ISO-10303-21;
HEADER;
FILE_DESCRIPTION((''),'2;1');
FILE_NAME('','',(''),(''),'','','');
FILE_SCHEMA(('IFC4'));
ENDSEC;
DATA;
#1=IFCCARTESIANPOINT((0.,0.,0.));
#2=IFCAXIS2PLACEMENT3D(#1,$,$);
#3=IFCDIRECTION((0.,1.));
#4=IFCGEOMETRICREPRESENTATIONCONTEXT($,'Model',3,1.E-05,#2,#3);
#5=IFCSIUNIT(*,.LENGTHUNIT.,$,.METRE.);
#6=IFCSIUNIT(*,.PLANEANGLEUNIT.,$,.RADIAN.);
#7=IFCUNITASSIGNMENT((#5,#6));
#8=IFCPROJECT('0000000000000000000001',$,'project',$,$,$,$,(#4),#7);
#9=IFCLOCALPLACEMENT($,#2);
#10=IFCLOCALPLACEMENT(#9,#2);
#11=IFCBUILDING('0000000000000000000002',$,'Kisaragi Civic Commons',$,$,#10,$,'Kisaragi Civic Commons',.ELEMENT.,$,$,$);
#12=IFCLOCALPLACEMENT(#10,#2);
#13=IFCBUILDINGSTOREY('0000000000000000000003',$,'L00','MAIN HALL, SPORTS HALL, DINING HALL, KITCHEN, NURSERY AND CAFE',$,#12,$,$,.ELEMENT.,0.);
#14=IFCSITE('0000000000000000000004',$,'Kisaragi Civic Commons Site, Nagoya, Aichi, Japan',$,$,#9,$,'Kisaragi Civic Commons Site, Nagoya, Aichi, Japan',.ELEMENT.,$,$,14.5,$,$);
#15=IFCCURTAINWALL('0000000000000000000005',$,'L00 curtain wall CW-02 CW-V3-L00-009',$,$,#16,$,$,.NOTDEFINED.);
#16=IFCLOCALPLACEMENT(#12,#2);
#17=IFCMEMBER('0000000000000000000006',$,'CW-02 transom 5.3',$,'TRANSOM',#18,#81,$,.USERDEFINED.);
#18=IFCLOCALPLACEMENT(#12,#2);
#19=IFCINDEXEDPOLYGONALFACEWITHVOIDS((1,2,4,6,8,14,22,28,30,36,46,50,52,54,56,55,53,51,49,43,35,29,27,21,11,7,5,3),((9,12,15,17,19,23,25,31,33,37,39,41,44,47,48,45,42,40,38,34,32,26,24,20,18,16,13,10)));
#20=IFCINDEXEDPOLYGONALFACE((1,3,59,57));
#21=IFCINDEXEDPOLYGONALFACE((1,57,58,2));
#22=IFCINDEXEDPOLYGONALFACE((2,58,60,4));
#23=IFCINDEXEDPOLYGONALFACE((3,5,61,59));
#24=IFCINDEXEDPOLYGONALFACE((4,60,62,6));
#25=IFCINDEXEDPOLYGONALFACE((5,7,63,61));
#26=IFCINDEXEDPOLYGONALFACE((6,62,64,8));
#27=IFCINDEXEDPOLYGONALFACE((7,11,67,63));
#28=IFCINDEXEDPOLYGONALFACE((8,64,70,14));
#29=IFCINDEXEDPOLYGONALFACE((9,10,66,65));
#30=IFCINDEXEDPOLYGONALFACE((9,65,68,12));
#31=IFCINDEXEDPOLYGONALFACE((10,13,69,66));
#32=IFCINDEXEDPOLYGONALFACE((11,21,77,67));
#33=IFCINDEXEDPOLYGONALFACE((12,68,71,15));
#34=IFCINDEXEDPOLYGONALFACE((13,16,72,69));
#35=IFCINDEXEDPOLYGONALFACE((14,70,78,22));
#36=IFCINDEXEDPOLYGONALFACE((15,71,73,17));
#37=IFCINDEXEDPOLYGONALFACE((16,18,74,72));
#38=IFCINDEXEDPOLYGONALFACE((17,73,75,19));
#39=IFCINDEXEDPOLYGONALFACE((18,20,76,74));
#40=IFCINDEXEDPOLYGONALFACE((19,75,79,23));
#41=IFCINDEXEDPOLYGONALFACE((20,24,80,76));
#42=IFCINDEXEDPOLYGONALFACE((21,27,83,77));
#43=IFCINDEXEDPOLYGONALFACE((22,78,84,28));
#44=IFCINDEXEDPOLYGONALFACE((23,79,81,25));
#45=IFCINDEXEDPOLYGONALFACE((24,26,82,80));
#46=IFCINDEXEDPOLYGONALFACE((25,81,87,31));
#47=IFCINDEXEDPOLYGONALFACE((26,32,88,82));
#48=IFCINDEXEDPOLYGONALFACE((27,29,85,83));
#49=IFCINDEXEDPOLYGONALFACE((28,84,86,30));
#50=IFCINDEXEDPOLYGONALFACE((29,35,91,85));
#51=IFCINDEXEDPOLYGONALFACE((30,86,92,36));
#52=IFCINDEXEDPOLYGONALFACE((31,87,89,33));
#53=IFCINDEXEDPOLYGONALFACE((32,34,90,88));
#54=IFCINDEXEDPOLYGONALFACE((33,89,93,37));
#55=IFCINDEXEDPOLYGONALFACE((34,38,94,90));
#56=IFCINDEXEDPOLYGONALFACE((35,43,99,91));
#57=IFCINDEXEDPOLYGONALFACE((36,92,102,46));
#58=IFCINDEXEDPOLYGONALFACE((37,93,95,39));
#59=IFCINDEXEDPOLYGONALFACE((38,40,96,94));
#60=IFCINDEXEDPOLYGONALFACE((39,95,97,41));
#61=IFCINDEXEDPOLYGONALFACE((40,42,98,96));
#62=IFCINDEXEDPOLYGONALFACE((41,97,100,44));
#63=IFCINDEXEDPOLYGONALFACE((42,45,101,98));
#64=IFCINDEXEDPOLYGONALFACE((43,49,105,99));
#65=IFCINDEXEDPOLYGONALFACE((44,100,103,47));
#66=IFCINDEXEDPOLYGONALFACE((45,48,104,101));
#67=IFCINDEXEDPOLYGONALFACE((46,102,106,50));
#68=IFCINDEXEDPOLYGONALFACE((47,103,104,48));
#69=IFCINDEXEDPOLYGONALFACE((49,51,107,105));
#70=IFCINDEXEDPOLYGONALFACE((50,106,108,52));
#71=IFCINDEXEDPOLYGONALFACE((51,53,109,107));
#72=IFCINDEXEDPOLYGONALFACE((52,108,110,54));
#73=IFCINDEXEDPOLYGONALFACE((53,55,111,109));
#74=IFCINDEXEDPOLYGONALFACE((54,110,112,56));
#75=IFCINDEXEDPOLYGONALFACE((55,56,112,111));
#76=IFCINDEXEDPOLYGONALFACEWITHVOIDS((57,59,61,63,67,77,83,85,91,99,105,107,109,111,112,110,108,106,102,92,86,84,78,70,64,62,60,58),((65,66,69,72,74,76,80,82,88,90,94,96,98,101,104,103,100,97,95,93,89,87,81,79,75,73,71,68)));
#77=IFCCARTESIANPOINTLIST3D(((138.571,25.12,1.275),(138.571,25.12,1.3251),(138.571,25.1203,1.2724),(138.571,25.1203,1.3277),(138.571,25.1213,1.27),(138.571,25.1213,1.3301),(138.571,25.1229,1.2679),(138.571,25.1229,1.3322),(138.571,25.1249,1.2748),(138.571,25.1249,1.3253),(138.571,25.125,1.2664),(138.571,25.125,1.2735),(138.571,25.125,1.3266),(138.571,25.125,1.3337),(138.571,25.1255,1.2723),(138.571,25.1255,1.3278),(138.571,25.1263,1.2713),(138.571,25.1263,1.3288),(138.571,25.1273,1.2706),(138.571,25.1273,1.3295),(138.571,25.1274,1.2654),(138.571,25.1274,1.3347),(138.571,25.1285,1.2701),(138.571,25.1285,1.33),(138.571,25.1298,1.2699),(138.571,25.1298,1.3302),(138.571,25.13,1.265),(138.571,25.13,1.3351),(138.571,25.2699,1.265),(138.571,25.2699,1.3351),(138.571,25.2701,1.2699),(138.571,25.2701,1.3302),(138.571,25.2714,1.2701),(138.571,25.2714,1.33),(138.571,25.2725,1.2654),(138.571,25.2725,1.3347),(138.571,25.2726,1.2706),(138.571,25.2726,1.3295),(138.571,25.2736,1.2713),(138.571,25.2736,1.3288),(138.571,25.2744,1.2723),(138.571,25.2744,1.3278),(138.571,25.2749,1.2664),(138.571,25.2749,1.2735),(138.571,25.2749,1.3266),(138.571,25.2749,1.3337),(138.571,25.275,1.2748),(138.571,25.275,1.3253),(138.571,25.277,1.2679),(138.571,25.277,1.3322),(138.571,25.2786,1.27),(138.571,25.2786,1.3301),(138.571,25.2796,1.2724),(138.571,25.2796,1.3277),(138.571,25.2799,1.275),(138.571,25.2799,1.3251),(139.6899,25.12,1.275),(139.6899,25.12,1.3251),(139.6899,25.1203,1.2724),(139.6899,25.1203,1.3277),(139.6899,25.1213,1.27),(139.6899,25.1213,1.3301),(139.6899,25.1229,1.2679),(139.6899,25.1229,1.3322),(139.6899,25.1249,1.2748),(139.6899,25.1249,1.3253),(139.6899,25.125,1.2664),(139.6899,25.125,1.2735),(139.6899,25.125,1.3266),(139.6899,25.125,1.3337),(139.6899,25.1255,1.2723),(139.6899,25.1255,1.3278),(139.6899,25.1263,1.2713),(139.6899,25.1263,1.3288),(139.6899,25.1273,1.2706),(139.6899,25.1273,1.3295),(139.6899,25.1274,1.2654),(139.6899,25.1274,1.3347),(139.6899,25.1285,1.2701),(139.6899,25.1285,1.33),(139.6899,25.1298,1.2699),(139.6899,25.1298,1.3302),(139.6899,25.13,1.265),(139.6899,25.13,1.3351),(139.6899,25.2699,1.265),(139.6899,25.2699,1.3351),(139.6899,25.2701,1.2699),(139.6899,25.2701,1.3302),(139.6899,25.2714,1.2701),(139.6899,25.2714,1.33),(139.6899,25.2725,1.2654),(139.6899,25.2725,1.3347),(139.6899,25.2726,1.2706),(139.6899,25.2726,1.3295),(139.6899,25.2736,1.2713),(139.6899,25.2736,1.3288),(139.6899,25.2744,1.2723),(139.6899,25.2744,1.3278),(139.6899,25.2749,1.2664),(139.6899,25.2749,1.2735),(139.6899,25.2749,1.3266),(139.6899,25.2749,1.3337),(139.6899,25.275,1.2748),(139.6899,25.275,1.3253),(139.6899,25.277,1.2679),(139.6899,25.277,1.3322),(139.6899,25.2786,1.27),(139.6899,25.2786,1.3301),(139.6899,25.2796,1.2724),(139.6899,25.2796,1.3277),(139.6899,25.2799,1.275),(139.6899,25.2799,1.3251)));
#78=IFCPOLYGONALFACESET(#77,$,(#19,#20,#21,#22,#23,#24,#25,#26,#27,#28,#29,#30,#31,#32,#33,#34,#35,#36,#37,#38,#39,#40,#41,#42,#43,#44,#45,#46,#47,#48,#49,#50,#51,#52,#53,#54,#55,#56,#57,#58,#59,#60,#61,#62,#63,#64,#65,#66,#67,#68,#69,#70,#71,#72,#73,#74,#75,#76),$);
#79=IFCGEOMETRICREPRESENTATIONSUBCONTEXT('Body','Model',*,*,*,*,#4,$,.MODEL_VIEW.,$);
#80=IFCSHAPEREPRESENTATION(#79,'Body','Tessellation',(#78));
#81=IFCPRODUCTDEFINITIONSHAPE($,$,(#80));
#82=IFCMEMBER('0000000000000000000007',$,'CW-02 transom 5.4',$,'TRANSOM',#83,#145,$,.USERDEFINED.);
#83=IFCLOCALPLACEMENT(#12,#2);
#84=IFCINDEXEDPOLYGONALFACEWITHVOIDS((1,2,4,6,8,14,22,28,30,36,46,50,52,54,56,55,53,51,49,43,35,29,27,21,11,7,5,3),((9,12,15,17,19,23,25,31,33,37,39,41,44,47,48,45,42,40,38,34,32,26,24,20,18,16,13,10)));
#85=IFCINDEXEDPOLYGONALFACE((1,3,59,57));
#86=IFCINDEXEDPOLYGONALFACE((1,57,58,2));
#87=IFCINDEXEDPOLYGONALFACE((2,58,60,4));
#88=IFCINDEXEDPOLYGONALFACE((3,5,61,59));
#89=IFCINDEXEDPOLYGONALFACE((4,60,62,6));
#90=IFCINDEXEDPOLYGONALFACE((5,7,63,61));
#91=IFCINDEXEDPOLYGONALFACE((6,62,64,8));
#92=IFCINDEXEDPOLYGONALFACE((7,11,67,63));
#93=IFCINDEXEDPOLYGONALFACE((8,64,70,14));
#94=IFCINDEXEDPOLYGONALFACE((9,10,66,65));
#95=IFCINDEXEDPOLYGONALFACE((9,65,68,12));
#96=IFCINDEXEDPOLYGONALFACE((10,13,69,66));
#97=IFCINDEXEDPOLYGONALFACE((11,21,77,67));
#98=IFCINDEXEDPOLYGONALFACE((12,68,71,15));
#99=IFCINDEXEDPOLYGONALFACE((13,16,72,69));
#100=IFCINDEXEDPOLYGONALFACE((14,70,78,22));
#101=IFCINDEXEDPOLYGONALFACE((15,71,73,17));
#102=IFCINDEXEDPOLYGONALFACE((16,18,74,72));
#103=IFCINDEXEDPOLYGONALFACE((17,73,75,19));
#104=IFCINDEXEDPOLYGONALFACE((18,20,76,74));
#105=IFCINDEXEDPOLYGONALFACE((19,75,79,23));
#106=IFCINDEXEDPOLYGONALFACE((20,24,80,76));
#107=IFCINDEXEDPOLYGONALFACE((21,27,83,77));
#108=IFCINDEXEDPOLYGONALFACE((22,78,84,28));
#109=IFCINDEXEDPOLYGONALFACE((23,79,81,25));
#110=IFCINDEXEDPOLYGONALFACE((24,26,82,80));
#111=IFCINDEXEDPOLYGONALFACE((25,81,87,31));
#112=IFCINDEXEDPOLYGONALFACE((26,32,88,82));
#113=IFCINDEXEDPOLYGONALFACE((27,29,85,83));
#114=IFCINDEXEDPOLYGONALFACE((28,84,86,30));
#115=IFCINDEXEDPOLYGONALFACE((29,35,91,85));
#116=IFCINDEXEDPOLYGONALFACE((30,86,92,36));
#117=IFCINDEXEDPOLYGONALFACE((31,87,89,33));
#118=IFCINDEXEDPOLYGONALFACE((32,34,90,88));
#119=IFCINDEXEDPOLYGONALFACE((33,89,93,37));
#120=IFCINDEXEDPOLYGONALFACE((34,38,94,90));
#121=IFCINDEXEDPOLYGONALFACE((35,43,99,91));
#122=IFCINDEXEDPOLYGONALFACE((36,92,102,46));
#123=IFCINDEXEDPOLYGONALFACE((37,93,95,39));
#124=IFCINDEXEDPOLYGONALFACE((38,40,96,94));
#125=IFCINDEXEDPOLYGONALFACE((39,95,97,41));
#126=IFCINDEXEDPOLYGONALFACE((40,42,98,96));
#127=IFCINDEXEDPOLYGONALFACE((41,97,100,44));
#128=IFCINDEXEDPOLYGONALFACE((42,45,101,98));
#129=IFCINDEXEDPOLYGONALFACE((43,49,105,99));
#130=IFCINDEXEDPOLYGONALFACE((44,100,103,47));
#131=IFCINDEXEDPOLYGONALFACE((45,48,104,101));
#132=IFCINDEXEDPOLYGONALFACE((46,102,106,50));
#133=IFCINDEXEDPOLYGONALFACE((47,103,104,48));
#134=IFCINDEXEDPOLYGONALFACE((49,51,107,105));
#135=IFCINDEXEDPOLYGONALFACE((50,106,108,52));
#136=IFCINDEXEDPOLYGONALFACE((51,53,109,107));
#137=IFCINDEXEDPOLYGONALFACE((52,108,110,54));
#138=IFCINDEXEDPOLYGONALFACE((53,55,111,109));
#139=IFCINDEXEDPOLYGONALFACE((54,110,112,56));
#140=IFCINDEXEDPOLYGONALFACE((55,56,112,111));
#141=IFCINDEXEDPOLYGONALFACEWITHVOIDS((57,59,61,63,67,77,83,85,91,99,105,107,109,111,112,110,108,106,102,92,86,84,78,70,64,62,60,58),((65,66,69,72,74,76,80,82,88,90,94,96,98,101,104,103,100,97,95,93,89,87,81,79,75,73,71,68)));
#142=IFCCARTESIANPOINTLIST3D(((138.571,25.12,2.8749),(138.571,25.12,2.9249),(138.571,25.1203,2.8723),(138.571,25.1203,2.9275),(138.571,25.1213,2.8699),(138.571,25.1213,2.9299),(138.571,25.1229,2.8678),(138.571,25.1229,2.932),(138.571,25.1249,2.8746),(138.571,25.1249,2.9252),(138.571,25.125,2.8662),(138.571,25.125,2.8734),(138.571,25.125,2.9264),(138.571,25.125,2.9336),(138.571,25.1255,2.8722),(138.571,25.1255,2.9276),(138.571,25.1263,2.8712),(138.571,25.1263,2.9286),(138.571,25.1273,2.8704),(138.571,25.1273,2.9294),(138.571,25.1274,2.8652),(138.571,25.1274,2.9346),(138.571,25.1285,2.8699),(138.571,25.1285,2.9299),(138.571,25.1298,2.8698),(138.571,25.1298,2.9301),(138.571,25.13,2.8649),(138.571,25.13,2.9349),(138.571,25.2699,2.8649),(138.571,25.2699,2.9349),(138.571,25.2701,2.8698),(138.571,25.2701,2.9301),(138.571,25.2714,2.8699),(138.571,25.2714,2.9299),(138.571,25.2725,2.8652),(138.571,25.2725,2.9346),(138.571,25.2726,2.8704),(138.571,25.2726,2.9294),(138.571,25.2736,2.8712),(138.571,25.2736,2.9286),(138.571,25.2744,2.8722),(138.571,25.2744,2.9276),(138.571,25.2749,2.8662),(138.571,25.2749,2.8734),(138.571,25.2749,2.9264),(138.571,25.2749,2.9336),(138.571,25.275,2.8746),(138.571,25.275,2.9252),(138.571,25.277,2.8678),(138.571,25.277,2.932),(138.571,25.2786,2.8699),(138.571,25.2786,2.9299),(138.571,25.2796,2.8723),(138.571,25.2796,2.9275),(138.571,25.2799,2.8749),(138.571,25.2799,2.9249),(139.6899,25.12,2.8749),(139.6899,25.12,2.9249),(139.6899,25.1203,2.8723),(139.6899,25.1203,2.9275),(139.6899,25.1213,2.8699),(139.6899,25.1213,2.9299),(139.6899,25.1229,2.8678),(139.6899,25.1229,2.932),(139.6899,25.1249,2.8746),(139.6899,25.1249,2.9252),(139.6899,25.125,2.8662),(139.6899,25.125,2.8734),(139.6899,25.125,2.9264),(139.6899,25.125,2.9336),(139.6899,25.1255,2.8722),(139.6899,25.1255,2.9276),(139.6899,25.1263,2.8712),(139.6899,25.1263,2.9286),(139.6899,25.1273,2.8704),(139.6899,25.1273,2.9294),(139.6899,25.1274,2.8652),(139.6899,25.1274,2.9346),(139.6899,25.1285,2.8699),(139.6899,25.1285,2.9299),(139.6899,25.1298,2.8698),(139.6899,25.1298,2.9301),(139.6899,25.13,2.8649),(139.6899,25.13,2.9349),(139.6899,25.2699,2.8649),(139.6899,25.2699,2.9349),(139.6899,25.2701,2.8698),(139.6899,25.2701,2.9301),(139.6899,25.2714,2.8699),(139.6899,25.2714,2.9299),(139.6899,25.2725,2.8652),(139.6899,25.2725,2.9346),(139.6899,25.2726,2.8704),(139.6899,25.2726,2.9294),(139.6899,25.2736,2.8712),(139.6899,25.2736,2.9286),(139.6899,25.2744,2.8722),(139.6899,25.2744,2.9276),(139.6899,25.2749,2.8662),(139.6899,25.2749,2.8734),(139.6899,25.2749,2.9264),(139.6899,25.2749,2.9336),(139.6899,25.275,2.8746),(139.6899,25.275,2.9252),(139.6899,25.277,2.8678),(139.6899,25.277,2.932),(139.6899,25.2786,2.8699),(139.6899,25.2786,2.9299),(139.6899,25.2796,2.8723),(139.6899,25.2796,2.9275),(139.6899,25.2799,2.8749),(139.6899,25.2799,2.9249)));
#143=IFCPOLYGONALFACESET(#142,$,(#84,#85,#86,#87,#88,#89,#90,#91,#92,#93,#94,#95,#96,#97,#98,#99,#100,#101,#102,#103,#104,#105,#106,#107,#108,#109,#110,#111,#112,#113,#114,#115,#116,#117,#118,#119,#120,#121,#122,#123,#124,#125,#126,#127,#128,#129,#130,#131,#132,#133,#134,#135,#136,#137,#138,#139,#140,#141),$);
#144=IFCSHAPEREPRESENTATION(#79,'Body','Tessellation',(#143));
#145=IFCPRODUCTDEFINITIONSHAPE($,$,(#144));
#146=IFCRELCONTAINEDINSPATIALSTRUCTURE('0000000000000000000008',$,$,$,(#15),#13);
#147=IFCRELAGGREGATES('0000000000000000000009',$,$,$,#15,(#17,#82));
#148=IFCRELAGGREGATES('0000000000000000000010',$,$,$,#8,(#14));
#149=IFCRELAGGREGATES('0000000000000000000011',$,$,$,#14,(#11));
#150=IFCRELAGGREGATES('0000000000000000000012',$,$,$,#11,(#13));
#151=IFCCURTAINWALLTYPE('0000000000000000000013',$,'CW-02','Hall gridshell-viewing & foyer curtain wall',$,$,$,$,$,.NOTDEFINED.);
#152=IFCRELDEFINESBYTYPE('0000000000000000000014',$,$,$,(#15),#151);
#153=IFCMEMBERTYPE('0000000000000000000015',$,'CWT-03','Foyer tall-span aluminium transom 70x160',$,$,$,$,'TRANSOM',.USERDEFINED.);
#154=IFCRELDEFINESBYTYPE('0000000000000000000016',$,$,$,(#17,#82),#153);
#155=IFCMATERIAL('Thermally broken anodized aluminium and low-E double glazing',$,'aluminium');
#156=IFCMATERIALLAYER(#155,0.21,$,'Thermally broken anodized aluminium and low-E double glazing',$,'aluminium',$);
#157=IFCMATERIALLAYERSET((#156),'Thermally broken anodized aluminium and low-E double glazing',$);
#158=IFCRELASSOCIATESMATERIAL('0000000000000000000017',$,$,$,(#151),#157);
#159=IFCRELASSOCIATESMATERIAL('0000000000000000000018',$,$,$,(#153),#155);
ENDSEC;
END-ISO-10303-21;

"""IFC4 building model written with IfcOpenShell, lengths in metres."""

from ifc_helpers import new_model, si_unit, direction, frame, origin, origin_2d, place, context, subcontext, project, spatial, hollow_rectangle, extrude, material, layer, layer_set, material_profile, profile_set, type_object, element, aggregate, save


model = new_model("IFC4")

# Units and contexts
model_context = context("Model", 3, precision=1e-05, world=origin(), true_north=direction((0.0, 1.0)))
body_context = subcontext(model_context, "Body", "Model", "MODEL_VIEW")
ifc_project = project(units=[si_unit("LENGTHUNIT", "METRE"), si_unit("PLANEANGLEUNIT", "RADIAN")], contexts=[model_context])

# Site, building, storey
site_placement = place(None, origin())
site = spatial("IfcSite", under=ifc_project, at=site_placement, Name="Kisaragi Civic Commons Site, Nagoya, Aichi, Japan", LongName="Kisaragi Civic Commons Site, Nagoya, Aichi, Japan", CompositionType="ELEMENT", RefElevation=14.5)
building_placement = place(site_placement, origin())
building = spatial("IfcBuilding", under=site, at=building_placement, Name="Kisaragi Civic Commons", LongName="Kisaragi Civic Commons", CompositionType="ELEMENT")
storey_placement = place(building_placement, origin())
storey = spatial("IfcBuildingStorey", under=building, at=storey_placement, Name="L00", Description="MAIN HALL, SPORTS HALL, DINING HALL, KITCHEN, NURSERY AND CAFE", CompositionType="ELEMENT", Elevation=0.0)

# Curtain wall
ifc_material = material(Name="Thermally broken anodized aluminium and low-E double glazing", Category="aluminium")
ifc_layer_1 = layer(ifc_material, 0.21, Name="Thermally broken anodized aluminium and low-E double glazing", Category="aluminium")
ifc_layer_set_1 = layer_set([ifc_layer_1], Name="Thermally broken anodized aluminium and low-E double glazing")
curtain_wall_type = type_object("IfcCurtainWallType", Name="CW-02", Description="Hall gridshell-viewing & foyer curtain wall", PredefinedType="NOTDEFINED", material=ifc_layer_set_1)
curtain_wall_1_placement = place(storey_placement, origin())
curtain_wall_1 = element("IfcCurtainWall", 1, at=curtain_wall_1_placement, inside=storey, type_object=curtain_wall_type, Name="L00 curtain wall CW-02 CW-V3-L00-009", PredefinedType="NOTDEFINED")

# Members
ifc_material_profile_1 = material_profile(ifc_material, hollow_rectangle(XDim=0.1599, YDim=0.0701, WallThickness=0.0049, InnerFilletRadius=0.0049, OuterFilletRadius=0.01, at=origin_2d()), Name="CWT-70x160x5", Category="aluminium")
ifc_profile_set_1 = profile_set([ifc_material_profile_1], Name="Thermally broken anodized aluminium and low-E double glazing")
member_type_1 = type_object("IfcMemberType", Name="CWT-03", Description="Foyer tall-span aluminium transom 70x160", ElementType="TRANSOM", PredefinedType="USERDEFINED", material=ifc_profile_set_1)
member_1_placement = place(storey_placement, frame((138.571, 25.2, 1.3), z_axis=(1.0, 0.0, 0.0), x_axis=(0.0, 1.0, 0.0)))
member_1 = element("IfcMember", 2, at=member_1_placement, type_object=member_type_1, Name="CW-02 transom 5.3", ObjectType="TRANSOM", PredefinedType="USERDEFINED", context=body_context, shape_type="SweptSolid", body=[
    extrude(hollow_rectangle(XDim=0.1599, YDim=0.0701, WallThickness=0.0049, InnerFilletRadius=0.0049, OuterFilletRadius=0.01, at=origin_2d()), origin(), (0.0, 0.0, 1.0), 1.1189),
])
member_2_placement = place(storey_placement, frame((138.571, 25.2, 2.8999), z_axis=(1.0, 0.0, 0.0), x_axis=(0.0, 1.0, 0.0)))
member_2 = element("IfcMember", 3, at=member_2_placement, type_object=member_type_1, Name="CW-02 transom 5.4", ObjectType="TRANSOM", PredefinedType="USERDEFINED", context=body_context, shape_type="SweptSolid", body=[
    extrude(hollow_rectangle(XDim=0.1599, YDim=0.0701, WallThickness=0.0049, InnerFilletRadius=0.0049, OuterFilletRadius=0.01, at=origin_2d()), origin(), (0.0, 0.0, 1.0), 1.1189),
])

aggregate(curtain_wall_1, [member_1, member_2])

save(model, "model.ifc")
